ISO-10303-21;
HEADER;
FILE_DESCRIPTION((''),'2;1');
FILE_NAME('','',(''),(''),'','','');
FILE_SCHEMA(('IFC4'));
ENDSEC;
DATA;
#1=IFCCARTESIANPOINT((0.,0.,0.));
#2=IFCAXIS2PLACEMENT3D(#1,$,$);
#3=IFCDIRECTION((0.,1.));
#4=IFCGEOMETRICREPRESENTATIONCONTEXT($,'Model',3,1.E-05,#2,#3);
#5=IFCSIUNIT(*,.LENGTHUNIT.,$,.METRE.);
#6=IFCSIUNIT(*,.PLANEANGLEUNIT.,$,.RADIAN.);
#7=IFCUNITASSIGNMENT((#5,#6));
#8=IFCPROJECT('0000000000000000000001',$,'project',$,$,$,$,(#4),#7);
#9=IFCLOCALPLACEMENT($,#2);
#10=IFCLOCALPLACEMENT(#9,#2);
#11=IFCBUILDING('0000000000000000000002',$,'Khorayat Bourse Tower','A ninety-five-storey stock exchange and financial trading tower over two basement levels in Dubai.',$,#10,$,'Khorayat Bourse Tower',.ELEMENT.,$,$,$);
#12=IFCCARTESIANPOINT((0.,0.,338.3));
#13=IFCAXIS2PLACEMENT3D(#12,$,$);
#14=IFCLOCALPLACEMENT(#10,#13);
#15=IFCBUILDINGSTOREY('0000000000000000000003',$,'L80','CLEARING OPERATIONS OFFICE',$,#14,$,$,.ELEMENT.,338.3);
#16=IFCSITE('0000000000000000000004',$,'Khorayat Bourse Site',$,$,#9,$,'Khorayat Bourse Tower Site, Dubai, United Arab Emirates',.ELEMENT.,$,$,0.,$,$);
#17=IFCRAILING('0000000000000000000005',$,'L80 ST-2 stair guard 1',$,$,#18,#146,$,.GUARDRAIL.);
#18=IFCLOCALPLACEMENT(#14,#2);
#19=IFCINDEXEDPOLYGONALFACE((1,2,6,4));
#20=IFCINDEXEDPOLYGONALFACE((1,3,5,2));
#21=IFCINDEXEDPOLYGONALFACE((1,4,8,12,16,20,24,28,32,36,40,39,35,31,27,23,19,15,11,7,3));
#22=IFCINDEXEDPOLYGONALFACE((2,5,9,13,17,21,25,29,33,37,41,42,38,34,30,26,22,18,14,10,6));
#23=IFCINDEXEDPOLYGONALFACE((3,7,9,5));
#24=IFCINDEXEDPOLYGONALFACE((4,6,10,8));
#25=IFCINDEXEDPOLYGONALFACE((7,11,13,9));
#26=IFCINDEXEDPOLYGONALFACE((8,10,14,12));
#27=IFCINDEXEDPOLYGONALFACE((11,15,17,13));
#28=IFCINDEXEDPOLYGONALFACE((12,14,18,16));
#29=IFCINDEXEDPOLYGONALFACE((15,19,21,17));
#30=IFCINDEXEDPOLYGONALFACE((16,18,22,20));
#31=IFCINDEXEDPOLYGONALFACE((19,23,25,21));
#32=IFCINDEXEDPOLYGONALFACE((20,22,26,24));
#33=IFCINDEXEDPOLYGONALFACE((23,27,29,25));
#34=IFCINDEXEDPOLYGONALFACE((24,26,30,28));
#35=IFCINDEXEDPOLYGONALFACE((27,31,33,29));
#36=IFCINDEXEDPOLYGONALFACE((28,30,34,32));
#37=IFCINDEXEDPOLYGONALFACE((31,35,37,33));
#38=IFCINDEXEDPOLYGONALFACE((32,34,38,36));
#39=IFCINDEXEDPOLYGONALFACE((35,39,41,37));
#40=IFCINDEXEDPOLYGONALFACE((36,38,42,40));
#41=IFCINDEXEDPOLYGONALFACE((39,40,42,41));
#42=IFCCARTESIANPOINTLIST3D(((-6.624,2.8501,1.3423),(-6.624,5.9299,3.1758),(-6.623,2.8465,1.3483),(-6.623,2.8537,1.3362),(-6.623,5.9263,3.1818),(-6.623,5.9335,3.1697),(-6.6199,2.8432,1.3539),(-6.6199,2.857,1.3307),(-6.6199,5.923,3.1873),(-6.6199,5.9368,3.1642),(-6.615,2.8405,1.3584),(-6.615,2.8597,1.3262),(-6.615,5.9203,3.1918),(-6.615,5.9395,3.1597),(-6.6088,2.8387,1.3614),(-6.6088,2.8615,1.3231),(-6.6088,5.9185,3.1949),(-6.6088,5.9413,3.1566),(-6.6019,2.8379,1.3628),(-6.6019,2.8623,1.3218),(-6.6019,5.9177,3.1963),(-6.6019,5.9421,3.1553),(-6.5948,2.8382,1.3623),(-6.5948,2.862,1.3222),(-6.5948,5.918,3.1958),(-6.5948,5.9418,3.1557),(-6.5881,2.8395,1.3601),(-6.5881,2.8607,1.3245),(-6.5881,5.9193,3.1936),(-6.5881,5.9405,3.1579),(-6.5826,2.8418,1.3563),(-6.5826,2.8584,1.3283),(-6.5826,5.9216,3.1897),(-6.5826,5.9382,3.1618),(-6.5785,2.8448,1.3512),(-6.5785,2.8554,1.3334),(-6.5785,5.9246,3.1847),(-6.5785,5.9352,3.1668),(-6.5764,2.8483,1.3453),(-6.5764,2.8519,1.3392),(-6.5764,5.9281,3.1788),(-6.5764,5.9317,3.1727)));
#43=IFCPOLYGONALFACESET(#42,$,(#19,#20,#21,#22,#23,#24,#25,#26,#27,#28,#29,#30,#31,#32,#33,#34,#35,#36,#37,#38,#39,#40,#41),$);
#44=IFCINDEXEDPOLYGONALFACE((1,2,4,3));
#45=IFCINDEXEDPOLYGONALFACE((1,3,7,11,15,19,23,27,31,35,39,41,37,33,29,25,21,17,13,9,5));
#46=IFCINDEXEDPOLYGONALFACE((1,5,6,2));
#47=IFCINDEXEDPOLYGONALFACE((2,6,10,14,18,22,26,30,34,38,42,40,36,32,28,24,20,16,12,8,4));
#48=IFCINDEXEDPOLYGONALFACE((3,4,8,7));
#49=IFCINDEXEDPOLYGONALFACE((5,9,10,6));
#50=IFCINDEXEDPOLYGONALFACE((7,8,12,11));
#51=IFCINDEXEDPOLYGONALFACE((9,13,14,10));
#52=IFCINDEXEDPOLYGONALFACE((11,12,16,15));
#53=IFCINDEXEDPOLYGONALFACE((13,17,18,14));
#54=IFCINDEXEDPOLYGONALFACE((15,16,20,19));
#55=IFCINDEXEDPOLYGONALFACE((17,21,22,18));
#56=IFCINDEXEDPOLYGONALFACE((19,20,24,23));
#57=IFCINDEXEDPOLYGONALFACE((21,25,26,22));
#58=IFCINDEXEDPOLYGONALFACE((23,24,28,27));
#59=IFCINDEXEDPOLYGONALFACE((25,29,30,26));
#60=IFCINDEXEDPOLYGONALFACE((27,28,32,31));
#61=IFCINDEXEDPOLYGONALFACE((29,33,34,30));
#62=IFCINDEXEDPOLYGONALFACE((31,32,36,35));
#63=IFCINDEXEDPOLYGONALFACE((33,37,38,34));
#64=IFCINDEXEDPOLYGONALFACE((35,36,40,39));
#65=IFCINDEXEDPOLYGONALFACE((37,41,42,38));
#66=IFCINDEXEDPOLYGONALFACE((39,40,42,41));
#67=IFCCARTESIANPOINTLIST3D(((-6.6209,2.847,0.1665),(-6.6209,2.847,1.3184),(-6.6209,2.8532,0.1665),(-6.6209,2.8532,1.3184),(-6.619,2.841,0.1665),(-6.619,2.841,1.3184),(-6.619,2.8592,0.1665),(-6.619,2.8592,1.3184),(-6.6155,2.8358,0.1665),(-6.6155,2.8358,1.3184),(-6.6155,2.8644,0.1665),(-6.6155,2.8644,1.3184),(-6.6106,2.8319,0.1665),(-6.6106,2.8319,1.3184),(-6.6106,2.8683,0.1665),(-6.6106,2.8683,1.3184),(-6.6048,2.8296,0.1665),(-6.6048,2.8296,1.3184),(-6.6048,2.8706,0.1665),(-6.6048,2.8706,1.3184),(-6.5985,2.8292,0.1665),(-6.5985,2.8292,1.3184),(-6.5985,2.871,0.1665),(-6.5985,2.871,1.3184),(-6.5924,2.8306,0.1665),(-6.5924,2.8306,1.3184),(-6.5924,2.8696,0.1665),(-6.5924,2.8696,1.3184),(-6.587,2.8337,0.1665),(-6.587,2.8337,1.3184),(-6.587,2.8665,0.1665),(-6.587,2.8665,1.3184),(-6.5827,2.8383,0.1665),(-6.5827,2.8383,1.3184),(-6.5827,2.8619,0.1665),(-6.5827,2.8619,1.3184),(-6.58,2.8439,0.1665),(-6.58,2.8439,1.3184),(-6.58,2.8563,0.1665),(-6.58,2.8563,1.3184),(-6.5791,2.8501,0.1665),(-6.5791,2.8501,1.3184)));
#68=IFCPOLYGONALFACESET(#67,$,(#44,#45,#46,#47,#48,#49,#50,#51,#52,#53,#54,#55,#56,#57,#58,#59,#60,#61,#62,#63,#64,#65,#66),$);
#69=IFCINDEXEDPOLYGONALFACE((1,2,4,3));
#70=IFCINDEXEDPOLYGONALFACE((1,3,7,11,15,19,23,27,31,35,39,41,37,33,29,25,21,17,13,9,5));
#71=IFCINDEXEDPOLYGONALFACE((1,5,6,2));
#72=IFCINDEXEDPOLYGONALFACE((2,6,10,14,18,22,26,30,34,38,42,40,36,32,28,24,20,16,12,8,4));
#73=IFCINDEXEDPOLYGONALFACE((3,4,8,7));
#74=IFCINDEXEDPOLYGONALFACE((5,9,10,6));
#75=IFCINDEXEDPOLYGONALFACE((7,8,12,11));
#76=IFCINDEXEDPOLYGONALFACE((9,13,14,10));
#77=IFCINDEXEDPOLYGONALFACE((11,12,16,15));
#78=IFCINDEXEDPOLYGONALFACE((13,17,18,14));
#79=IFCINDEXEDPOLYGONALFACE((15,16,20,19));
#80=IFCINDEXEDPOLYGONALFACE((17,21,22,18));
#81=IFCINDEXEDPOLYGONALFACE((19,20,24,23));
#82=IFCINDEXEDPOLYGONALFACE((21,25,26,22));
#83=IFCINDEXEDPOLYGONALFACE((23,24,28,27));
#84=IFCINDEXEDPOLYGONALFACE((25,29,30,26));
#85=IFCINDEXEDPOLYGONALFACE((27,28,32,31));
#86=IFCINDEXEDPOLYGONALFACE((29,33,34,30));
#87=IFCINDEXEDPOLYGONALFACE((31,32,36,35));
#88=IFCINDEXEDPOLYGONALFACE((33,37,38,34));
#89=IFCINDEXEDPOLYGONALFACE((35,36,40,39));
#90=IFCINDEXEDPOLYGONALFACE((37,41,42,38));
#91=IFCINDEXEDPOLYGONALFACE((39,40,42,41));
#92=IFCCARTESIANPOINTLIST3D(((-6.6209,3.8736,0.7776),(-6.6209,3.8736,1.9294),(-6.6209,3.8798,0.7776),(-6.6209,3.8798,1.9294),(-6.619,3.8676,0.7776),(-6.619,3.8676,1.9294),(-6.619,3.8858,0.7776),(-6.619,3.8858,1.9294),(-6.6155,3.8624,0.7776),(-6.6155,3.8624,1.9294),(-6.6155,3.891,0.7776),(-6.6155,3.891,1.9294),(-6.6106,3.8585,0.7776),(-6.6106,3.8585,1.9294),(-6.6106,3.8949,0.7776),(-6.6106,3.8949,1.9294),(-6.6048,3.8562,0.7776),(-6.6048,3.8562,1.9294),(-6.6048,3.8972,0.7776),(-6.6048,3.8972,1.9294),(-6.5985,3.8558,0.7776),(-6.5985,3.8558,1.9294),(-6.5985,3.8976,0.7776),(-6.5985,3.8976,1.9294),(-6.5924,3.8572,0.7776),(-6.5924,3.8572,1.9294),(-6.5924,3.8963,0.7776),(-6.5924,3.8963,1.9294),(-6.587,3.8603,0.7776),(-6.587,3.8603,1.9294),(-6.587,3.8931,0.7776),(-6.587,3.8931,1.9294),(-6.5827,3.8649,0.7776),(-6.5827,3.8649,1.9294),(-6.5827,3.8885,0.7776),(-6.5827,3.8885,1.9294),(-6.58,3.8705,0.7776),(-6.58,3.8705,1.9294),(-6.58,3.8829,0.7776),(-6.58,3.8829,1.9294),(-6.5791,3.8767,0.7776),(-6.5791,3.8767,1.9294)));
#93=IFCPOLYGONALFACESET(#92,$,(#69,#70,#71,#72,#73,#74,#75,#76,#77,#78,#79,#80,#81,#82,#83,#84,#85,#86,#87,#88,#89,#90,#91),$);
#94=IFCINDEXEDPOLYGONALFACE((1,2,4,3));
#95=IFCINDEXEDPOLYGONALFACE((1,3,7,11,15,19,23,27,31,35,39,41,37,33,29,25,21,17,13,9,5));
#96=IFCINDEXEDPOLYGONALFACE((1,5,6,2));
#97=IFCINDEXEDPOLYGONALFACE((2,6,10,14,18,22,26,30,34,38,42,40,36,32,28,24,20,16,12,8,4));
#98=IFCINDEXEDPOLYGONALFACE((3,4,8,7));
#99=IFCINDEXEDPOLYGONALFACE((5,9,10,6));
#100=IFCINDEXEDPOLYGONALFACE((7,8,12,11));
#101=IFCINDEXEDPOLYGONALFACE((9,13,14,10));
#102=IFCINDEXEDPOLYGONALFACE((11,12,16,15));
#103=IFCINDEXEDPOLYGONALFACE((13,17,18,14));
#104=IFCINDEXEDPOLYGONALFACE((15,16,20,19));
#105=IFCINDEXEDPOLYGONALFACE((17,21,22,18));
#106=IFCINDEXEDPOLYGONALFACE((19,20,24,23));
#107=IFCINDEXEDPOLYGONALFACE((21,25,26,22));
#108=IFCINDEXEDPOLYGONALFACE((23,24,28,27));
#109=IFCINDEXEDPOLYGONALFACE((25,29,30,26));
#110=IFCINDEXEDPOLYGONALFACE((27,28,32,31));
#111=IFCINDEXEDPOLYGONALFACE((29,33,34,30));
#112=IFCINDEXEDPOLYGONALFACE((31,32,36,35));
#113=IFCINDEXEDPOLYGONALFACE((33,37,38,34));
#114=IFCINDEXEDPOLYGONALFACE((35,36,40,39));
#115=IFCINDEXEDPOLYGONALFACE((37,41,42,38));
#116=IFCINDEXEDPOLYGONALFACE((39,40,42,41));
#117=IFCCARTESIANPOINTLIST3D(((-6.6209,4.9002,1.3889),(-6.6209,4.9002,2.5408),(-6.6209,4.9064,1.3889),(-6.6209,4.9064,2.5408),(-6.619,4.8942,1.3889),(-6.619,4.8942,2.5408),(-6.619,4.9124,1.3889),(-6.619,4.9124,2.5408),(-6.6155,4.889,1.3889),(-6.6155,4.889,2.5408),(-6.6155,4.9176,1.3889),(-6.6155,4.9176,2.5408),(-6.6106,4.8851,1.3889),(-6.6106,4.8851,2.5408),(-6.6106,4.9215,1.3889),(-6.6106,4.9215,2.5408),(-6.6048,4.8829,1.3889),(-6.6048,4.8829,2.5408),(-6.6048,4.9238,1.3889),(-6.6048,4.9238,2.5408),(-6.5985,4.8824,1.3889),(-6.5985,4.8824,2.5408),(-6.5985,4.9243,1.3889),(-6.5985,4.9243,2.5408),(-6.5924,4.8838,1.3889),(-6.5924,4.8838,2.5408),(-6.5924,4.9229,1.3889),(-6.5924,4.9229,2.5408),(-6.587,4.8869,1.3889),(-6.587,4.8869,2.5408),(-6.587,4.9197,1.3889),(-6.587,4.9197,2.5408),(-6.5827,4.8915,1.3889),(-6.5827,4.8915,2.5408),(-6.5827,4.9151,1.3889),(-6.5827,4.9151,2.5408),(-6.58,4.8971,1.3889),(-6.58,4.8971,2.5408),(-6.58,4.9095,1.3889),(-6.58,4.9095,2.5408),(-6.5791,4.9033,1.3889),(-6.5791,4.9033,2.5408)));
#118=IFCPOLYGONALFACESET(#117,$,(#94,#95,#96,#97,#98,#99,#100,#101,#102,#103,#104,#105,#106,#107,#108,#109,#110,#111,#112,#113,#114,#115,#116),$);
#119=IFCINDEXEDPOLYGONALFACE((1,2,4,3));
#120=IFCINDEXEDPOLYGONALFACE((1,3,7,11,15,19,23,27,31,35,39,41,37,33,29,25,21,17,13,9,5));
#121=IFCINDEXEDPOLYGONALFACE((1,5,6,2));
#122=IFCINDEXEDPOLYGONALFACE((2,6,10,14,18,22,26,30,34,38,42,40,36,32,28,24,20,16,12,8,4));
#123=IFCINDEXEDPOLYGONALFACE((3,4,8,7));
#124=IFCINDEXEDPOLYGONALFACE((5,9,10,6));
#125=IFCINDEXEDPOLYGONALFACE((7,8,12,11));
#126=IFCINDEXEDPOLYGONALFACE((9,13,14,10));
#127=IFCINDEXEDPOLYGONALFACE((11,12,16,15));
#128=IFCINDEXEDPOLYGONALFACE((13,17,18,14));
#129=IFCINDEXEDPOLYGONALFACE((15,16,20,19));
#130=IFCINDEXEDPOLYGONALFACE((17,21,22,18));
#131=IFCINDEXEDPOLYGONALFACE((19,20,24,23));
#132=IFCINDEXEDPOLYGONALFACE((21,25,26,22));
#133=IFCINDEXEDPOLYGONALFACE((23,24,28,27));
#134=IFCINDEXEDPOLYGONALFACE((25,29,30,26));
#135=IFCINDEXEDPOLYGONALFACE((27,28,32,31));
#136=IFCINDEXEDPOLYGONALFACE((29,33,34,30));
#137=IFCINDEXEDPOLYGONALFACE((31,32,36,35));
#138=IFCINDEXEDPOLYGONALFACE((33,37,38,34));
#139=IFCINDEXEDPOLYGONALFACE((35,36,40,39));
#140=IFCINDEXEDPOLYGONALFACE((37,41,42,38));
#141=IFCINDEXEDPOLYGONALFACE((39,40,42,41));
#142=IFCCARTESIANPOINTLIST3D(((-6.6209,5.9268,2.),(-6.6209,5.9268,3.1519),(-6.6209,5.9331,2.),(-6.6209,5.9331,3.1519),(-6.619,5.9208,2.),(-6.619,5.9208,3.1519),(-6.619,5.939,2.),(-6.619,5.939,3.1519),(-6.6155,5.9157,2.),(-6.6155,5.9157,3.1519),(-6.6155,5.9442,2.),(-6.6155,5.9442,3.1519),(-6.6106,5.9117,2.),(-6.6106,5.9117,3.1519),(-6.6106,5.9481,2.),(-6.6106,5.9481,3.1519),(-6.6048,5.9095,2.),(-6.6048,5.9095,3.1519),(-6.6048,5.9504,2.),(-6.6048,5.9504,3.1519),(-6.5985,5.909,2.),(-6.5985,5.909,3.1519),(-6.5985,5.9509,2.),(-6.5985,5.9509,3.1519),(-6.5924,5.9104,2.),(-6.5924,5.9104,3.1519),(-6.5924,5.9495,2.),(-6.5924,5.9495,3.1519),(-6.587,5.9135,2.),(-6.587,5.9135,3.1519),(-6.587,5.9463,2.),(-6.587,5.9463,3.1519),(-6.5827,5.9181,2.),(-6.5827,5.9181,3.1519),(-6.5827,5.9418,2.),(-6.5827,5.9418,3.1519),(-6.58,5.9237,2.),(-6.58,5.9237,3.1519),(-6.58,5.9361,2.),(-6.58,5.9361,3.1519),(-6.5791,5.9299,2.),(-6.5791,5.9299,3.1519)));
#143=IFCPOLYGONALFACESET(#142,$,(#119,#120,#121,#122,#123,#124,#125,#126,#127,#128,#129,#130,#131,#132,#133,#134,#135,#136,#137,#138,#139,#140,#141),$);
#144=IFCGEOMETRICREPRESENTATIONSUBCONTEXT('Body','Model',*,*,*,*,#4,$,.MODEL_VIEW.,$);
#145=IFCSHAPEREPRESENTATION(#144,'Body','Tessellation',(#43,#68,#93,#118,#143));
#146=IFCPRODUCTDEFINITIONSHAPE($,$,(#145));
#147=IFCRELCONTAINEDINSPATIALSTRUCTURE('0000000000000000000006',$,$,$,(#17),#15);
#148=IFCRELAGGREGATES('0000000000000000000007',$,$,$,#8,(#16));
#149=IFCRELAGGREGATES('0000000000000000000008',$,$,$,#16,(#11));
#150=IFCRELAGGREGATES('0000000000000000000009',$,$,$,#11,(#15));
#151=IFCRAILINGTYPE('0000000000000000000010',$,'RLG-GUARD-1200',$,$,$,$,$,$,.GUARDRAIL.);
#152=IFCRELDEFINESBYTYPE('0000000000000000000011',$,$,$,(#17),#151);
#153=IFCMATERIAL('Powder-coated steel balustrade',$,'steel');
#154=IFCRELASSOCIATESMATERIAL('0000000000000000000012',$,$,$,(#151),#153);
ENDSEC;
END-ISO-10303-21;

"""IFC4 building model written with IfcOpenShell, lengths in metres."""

from ifc_helpers import new_model, si_unit, direction, frame, origin, origin_2d, place, context, subcontext, project, spatial, circle, extrude, source, transform, mapped, material, type_object, element, save


model = new_model("IFC4")

# Units and contexts
model_context = context("Model", 3, precision=1e-05, world=origin(), true_north=direction((0.0, 1.0)))
body_context = subcontext(model_context, "Body", "Model", "MODEL_VIEW")
ifc_project = project(units=[si_unit("LENGTHUNIT", "METRE"), si_unit("PLANEANGLEUNIT", "RADIAN")], contexts=[model_context])

# Site, building, storey
site_placement = place(None, origin())
site = spatial("IfcSite", under=ifc_project, at=site_placement, Name="Khorayat Bourse Site", LongName="Khorayat Bourse Tower Site, Dubai, United Arab Emirates", CompositionType="ELEMENT", RefElevation=0.0)
building_placement = place(site_placement, origin())
building = spatial("IfcBuilding", under=site, at=building_placement, Name="Khorayat Bourse Tower", Description="A ninety-five-storey stock exchange and financial trading tower over two basement levels in Dubai.", LongName="Khorayat Bourse Tower", CompositionType="ELEMENT")
storey_placement = place(building_placement, frame((0.0, 0.0, 338.3)))
storey = spatial("IfcBuildingStorey", under=building, at=storey_placement, Name="L80", Description="CLEARING OPERATIONS OFFICE", CompositionType="ELEMENT", Elevation=338.3)

# Railing
ifc_material_1 = material(Name="Powder-coated steel balustrade", Category="steel")
railing_type_1 = type_object("IfcRailingType", Name="RLG-GUARD-1200", PredefinedType="GUARDRAIL", material=ifc_material_1)
shared_shape_1 = source(origin(), body_context, "Body", "SweptSolid", [
    extrude(circle(Radius=0.0239, at=origin_2d()), frame((0.0, 0.0, 1.1758), z_axis=(0.0, 0.859261, 0.511538), x_axis=(-1.0, 0.0, 0.0)), (0.0, 0.0, 1.0), 3.5842),
    extrude(circle(Radius=0.021, at=origin_2d()), origin(), (0.0, 0.0, 1.0), 1.1519),
    extrude(circle(Radius=0.021, at=origin_2d()), frame((0.0, 1.0266, 0.6111)), (0.0, 0.0, 1.0), 1.1519),
    extrude(circle(Radius=0.021, at=origin_2d()), frame((0.0, 2.0532, 1.2224)), (0.0, 0.0, 1.0), 1.1519),
    extrude(circle(Radius=0.021, at=origin_2d()), frame((0.0, 3.0798, 1.8335)), (0.0, 0.0, 1.0), 1.1519),
])
railing_1_placement = place(storey_placement, frame((-6.6001, 2.8501, 0.1665)))
element("IfcRailing", 1, at=railing_1_placement, inside=storey, type_object=railing_type_1, Name="L80 ST-2 stair guard 1", PredefinedType="GUARDRAIL", context=body_context, shape_type="MappedRepresentation", body=[
    mapped(shared_shape_1, transform((0.0, 0.0, 0.0), scale=1.0)),
])

save(model, "model.ifc")
